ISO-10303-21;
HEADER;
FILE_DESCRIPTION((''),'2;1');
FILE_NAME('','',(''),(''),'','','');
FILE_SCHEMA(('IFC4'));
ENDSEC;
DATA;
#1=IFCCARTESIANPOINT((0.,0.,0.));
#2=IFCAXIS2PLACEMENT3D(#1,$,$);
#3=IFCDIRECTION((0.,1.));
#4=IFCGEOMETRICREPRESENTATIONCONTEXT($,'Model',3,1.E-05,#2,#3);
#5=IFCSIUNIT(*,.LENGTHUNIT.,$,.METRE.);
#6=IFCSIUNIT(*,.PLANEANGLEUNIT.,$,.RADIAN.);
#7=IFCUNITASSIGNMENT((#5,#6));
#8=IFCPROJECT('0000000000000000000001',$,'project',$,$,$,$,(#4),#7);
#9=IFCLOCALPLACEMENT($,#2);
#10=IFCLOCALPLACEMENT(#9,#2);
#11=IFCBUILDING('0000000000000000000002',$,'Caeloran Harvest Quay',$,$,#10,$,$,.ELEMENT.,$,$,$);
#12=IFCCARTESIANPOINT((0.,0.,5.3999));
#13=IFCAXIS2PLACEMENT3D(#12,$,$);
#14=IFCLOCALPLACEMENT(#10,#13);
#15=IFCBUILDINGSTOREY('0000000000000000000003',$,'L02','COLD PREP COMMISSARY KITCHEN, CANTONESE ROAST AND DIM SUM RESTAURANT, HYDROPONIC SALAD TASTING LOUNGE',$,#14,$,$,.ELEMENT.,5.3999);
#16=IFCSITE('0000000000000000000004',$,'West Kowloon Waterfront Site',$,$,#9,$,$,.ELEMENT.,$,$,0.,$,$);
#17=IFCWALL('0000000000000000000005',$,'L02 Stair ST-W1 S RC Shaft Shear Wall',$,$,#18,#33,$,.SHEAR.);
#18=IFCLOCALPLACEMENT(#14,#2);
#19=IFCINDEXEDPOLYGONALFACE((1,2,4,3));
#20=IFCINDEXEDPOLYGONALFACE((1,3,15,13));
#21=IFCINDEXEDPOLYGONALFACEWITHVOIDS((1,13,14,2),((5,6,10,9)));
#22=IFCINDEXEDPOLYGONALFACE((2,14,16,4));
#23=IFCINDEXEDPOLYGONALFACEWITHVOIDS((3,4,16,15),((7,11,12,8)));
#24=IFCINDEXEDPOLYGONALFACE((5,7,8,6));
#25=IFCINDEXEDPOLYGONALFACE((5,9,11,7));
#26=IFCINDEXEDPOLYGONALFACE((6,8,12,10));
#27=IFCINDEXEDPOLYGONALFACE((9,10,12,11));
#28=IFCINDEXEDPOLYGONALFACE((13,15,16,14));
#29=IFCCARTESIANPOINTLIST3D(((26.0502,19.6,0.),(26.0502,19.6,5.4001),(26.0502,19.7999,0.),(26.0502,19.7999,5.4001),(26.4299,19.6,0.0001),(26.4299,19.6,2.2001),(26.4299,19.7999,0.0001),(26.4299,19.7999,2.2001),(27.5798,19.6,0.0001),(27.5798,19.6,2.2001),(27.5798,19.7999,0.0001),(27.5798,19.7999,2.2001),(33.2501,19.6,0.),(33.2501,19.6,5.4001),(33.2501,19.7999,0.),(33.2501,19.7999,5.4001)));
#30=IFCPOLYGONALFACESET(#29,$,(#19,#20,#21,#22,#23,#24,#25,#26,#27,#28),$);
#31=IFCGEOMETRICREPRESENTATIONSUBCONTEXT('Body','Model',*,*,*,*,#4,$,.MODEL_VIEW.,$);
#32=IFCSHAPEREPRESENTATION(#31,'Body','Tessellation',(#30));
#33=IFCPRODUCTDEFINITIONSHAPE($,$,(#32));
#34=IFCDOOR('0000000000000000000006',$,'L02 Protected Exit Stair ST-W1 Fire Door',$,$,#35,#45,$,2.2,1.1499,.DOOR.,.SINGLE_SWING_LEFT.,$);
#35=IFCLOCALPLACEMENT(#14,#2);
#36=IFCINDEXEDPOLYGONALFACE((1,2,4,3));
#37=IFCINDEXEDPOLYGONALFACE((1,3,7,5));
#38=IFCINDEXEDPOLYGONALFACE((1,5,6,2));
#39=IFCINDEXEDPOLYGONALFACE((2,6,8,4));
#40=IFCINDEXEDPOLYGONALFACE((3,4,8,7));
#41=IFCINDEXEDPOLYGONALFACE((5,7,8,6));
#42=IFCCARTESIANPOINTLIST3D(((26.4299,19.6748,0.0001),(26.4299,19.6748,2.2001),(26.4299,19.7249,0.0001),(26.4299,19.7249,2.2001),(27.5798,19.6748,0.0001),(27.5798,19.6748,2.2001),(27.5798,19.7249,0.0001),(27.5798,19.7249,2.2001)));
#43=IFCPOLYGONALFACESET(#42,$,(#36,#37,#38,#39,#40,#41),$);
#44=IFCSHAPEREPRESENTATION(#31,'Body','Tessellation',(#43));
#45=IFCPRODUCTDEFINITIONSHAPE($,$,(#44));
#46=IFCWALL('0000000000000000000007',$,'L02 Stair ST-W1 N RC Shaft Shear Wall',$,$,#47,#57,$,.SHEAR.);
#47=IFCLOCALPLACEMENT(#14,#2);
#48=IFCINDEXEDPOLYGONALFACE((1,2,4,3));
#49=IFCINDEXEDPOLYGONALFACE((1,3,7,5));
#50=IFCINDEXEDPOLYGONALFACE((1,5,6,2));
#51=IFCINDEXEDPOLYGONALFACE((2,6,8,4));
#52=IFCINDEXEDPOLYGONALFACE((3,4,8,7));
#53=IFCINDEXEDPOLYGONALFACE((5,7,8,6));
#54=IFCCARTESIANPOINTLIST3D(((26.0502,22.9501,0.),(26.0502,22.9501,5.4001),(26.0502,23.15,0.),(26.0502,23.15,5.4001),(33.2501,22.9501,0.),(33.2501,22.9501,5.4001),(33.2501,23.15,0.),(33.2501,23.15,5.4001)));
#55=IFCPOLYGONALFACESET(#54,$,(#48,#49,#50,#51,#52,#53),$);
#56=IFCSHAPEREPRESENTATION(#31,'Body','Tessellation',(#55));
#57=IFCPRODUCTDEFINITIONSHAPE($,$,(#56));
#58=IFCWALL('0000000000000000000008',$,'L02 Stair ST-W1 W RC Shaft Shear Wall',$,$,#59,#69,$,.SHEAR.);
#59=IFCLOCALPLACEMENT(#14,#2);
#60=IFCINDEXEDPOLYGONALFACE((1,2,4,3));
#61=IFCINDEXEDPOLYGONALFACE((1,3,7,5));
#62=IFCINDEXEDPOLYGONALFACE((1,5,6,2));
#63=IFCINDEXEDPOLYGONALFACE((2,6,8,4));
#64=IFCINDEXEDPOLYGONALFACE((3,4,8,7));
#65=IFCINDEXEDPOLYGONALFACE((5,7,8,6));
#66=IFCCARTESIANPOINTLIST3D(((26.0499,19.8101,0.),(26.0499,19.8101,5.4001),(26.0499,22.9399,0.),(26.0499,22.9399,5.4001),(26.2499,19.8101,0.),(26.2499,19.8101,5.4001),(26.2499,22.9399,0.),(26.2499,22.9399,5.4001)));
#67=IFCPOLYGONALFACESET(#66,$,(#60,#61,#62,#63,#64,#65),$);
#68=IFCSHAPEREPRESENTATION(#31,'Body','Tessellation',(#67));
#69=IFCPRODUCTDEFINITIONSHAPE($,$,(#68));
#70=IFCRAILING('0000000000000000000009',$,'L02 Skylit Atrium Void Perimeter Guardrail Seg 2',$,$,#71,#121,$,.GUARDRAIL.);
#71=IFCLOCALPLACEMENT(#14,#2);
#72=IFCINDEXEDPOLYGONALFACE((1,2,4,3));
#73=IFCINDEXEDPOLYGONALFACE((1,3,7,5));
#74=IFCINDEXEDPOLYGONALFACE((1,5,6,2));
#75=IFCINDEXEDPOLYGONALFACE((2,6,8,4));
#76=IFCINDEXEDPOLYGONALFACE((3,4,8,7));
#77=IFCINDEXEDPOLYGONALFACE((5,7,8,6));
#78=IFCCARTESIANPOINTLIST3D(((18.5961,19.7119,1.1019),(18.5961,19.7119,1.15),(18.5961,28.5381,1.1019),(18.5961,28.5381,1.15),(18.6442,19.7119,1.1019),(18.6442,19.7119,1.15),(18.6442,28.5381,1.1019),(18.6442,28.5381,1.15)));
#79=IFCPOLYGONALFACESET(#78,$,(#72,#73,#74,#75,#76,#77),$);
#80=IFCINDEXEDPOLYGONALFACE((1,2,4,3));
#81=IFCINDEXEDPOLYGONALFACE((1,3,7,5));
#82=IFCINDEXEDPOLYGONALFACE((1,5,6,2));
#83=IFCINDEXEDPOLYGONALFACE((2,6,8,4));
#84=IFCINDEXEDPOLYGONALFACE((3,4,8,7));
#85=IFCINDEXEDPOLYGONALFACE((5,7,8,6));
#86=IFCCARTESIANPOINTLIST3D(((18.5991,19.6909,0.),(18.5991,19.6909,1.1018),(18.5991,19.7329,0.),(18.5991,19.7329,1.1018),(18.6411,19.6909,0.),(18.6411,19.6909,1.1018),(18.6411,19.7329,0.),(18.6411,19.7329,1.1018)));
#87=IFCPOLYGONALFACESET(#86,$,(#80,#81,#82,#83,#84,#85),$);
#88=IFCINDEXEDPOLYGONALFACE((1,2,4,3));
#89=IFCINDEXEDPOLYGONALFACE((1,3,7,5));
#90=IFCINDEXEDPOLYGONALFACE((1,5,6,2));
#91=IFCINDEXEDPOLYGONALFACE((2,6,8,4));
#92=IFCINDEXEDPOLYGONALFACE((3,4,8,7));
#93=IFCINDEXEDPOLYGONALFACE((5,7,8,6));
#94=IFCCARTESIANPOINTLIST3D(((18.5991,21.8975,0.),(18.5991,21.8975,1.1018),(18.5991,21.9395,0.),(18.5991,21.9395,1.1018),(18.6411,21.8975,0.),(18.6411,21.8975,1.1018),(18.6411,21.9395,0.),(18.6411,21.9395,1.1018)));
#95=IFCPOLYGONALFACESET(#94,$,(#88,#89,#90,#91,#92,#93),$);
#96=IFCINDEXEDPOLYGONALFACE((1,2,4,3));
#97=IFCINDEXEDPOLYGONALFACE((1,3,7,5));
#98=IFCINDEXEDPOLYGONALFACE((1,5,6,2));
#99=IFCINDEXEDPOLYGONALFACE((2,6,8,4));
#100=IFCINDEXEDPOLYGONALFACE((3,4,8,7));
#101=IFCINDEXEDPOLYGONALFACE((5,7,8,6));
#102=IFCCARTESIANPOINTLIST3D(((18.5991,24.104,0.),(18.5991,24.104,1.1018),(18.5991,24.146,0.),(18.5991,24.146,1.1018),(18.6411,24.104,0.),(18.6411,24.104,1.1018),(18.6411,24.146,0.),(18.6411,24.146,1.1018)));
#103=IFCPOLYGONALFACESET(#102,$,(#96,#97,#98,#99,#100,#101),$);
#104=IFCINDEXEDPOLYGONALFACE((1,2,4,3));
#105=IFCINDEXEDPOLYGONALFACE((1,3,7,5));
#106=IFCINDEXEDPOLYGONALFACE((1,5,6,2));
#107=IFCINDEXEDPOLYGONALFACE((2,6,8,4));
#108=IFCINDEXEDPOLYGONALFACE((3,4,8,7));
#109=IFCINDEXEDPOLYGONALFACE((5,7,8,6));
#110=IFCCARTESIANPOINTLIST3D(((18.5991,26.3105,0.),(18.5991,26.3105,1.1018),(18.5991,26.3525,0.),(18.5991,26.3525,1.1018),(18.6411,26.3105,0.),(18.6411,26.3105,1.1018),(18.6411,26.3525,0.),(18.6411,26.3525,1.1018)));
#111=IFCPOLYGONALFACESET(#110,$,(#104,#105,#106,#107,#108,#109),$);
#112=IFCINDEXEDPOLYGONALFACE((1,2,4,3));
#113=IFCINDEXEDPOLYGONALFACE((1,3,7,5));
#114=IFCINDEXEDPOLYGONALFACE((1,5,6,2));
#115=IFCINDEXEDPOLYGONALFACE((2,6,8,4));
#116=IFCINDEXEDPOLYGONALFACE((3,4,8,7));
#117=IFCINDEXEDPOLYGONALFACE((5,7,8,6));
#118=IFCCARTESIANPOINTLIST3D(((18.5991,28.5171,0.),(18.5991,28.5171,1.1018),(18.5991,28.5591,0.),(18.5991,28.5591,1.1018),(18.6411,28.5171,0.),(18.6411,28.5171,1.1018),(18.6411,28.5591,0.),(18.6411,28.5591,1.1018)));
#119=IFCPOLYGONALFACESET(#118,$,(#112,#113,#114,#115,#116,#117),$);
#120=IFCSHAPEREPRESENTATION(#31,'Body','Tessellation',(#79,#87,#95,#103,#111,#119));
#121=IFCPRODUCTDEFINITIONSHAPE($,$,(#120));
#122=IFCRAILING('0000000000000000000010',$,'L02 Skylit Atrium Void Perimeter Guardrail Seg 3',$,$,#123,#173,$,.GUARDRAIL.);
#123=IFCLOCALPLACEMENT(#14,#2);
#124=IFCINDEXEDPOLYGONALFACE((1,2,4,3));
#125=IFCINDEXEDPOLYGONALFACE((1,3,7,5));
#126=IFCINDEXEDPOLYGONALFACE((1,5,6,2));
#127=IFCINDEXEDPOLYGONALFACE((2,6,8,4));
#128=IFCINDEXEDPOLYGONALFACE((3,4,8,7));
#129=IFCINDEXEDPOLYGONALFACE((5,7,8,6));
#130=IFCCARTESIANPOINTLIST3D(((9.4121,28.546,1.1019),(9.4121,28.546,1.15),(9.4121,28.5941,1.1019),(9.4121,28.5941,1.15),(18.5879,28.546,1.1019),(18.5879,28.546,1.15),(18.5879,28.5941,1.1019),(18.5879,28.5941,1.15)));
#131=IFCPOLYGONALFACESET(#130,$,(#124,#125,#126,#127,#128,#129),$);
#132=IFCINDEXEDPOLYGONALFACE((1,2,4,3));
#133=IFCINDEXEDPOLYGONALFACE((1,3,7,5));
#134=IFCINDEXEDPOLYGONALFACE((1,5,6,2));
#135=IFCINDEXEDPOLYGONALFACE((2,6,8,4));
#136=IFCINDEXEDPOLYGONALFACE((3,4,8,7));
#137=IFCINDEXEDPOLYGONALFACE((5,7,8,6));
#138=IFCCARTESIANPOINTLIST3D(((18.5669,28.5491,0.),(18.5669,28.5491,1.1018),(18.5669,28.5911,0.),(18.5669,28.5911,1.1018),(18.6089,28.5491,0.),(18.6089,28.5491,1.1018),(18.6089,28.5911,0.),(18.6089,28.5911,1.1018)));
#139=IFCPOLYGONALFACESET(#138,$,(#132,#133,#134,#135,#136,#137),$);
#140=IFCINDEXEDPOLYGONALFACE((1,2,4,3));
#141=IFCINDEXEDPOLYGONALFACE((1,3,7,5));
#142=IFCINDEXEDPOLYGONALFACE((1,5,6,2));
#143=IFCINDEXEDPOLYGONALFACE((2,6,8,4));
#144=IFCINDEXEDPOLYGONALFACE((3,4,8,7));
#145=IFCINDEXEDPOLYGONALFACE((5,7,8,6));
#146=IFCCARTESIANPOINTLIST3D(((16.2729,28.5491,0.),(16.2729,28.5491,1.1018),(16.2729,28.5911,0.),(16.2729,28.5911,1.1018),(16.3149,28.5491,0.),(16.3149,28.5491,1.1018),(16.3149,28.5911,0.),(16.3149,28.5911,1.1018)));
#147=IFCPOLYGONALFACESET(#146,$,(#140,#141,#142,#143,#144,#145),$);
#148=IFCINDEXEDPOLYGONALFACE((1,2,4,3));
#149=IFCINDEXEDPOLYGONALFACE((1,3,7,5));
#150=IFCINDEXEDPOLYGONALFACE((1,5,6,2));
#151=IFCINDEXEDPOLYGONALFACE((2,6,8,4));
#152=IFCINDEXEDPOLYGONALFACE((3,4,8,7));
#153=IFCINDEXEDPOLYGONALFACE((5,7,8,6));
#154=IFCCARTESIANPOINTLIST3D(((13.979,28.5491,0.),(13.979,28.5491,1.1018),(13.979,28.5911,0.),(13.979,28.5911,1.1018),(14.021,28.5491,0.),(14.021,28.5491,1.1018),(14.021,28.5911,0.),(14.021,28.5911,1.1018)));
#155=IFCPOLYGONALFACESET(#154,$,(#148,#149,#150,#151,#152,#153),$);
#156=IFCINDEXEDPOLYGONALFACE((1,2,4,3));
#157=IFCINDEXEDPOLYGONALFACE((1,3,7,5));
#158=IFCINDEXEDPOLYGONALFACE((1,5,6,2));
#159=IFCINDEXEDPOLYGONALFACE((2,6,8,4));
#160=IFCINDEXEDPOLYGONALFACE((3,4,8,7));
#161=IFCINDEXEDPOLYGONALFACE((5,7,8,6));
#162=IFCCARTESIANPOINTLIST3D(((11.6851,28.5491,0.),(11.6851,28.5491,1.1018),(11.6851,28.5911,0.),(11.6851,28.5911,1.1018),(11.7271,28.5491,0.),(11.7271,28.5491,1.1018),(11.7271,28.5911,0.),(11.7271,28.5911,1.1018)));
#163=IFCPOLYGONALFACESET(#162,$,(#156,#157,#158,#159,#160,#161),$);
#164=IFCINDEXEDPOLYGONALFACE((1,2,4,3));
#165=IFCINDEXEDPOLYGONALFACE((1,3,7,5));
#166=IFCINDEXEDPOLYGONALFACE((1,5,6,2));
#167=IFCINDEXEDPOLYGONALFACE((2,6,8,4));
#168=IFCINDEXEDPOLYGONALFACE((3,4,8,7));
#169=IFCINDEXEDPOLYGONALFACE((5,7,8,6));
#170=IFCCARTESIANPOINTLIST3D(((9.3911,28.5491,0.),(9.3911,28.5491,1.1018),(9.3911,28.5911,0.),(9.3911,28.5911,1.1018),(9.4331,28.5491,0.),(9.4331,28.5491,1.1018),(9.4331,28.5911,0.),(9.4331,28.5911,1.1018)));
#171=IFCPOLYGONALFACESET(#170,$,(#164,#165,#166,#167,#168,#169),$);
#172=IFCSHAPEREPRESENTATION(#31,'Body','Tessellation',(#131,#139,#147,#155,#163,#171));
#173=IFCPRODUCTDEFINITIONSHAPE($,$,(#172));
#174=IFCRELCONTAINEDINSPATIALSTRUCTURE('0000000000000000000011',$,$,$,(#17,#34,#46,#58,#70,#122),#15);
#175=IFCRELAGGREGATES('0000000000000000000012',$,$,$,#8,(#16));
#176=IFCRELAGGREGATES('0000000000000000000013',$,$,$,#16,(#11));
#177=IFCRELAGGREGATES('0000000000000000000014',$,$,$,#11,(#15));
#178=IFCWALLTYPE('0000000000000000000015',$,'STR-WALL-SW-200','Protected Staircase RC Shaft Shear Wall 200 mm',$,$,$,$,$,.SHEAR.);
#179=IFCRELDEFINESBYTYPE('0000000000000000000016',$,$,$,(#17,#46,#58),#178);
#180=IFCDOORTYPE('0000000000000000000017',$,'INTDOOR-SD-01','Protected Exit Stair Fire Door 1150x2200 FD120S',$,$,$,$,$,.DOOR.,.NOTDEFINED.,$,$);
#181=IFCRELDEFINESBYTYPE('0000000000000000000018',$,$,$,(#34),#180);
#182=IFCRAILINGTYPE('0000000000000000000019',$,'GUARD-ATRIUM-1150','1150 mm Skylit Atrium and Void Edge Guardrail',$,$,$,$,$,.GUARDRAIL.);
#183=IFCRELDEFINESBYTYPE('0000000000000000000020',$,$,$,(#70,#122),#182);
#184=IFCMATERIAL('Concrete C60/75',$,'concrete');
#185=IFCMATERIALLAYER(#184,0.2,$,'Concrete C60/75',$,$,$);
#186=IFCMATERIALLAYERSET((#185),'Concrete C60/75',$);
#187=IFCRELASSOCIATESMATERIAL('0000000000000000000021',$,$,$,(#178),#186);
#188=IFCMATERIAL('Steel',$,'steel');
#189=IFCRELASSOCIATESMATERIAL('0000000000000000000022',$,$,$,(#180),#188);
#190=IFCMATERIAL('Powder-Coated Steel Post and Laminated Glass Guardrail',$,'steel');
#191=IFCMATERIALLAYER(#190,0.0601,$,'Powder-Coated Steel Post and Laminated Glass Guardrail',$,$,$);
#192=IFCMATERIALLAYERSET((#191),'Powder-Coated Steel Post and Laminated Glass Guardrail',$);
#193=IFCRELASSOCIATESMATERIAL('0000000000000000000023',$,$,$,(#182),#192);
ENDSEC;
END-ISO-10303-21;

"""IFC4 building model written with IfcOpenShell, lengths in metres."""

from ifc_helpers import new_model, si_unit, direction, frame, frame_2d, origin, origin_2d, place, context, subcontext, project, spatial, rectangle, extrude, material, layer, layer_set, type_object, element, fill, save


model = new_model("IFC4")

# Units and contexts
model_context = context("Model", 3, precision=1e-05, world=origin(), true_north=direction((0.0, 1.0)))
body_context = subcontext(model_context, "Body", "Model", "MODEL_VIEW")
ifc_project = project(units=[si_unit("LENGTHUNIT", "METRE"), si_unit("PLANEANGLEUNIT", "RADIAN")], contexts=[model_context])

# Site, building, storey
site_placement = place(None, origin())
site = spatial("IfcSite", under=ifc_project, at=site_placement, Name="West Kowloon Waterfront Site", CompositionType="ELEMENT", RefElevation=0.0)
building_placement = place(site_placement, origin())
building = spatial("IfcBuilding", under=site, at=building_placement, Name="Caeloran Harvest Quay", CompositionType="ELEMENT")
storey_placement = place(building_placement, frame((0.0, 0.0, 5.3999)))
storey = spatial("IfcBuildingStorey", under=building, at=storey_placement, Name="L02", Description="COLD PREP COMMISSARY KITCHEN, CANTONESE ROAST AND DIM SUM RESTAURANT, HYDROPONIC SALAD TASTING LOUNGE", CompositionType="ELEMENT", Elevation=5.3999)

# Wall, opening, door
ifc_material_1 = material(Name="Concrete C60/75", Category="concrete")
ifc_layer_1 = layer(ifc_material_1, 0.2, Name="Concrete C60/75")
ifc_layer_set_1 = layer_set([ifc_layer_1], Name="Concrete C60/75")
wall_type_1 = type_object("IfcWallType", Name="STR-WALL-SW-200", Description="Protected Staircase RC Shaft Shear Wall 200 mm", PredefinedType="SHEAR", material=ifc_layer_set_1)
wall_1_placement = place(storey_placement, frame((26.05, 19.7, 0.0), z_axis=(0.0, 0.0, 1.0), x_axis=(1.0, 0.0, 0.0)))
wall_1 = element("IfcWall", 1, at=wall_1_placement, inside=storey, type_object=wall_type_1, Name="L02 Stair ST-W1 S RC Shaft Shear Wall", PredefinedType="SHEAR", context=body_context, shape_type="SweptSolid", body=[
    extrude(rectangle(XDim=7.2, YDim=0.2, at=frame_2d((3.6001, 0.0))), origin(), (0.0, 0.0, 1.0), 5.4001),
])
opening_1_placement = place(wall_1_placement, frame((0.3799, 0.0, 0.0)))
opening_1 = element("IfcOpeningElement", 2, at=opening_1_placement, cuts=wall_1, PredefinedType="OPENING", context=body_context, shape_type="SweptSolid", body=[
    extrude(rectangle(XDim=1.1499, YDim=2.2, at=frame_2d((0.575, 1.1001))), frame((0.0, 0.1099, 0.0), z_axis=(0.0, -1.0, 0.0), x_axis=(1.0, 0.0, 0.0)), (0.0, 0.0, 1.0), 0.22),
])
ifc_material_2 = material(Name="Steel", Category="steel")
door_type_1 = type_object("IfcDoorType", Name="INTDOOR-SD-01", Description="Protected Exit Stair Fire Door 1150x2200 FD120S", OperationType="NOTDEFINED", PredefinedType="DOOR", material=ifc_material_2)
door_1_placement = place(opening_1_placement, origin())
door_1 = element("IfcDoor", 3, at=door_1_placement, inside=storey, type_object=door_type_1, Name="L02 Protected Exit Stair ST-W1 Fire Door", OperationType="SINGLE_SWING_LEFT", OverallHeight=2.2, OverallWidth=1.1499, PredefinedType="DOOR", context=body_context, shape_type="SweptSolid", body=[
    extrude(rectangle(XDim=1.1499, YDim=2.2, at=frame_2d((0.575, 1.1001))), frame((0.0, 0.0249, 0.0), z_axis=(0.0, -1.0, 0.0), x_axis=(1.0, 0.0, 0.0)), (0.0, 0.0, 1.0), 0.05),
])
fill(opening_1, door_1)

# Walls
wall_2_placement = place(storey_placement, frame((26.05, 23.05, 0.0), z_axis=(0.0, 0.0, 1.0), x_axis=(1.0, 0.0, 0.0)))
element("IfcWall", 4, at=wall_2_placement, inside=storey, type_object=wall_type_1, Name="L02 Stair ST-W1 N RC Shaft Shear Wall", PredefinedType="SHEAR", context=body_context, shape_type="SweptSolid", body=[
    extrude(rectangle(XDim=7.2, YDim=0.2, at=frame_2d((3.6001, 0.0))), origin(), (0.0, 0.0, 1.0), 5.4001),
])
wall_3_placement = place(storey_placement, frame((26.1499, 19.8101, 0.0), z_axis=(0.0, 0.0, 1.0), x_axis=(0.0, 1.0, 0.0)))
element("IfcWall", 5, at=wall_3_placement, inside=storey, type_object=wall_type_1, Name="L02 Stair ST-W1 W RC Shaft Shear Wall", PredefinedType="SHEAR", context=body_context, shape_type="SweptSolid", body=[
    extrude(rectangle(XDim=3.1299, YDim=0.2, at=frame_2d((1.5649, 0.0))), origin(), (0.0, 0.0, 1.0), 5.4001),
])

# Railings
ifc_material_3 = material(Name="Powder-Coated Steel Post and Laminated Glass Guardrail", Category="steel")
ifc_layer_2 = layer(ifc_material_3, 0.0601, Name="Powder-Coated Steel Post and Laminated Glass Guardrail")
ifc_layer_set_2 = layer_set([ifc_layer_2], Name="Powder-Coated Steel Post and Laminated Glass Guardrail")
railing_type = type_object("IfcRailingType", Name="GUARD-ATRIUM-1150", Description="1150 mm Skylit Atrium and Void Edge Guardrail", PredefinedType="GUARDRAIL", material=ifc_layer_set_2)
railing_1_placement = place(storey_placement, frame((18.6201, 19.7119, 0.0)))
element("IfcRailing", 6, at=railing_1_placement, inside=storey, type_object=railing_type, Name="L02 Skylit Atrium Void Perimeter Guardrail Seg 2", PredefinedType="GUARDRAIL", context=body_context, shape_type="SweptSolid", body=[
    extrude(rectangle(XDim=0.0481, YDim=0.0481, at=origin_2d()), frame((0.0, 0.0, 1.126), z_axis=(0.0, 1.0, 0.0), x_axis=(-1.0, 0.0, 0.0)), (0.0, 0.0, 1.0), 8.8262),
    extrude(rectangle(XDim=0.042, YDim=0.042, at=origin_2d()), origin(), (0.0, 0.0, 1.0), 1.1018),
    extrude(rectangle(XDim=0.042, YDim=0.042, at=origin_2d()), frame((0.0, 2.2065, 0.0)), (0.0, 0.0, 1.0), 1.1018),
    extrude(rectangle(XDim=0.042, YDim=0.042, at=origin_2d()), frame((0.0, 4.4131, 0.0)), (0.0, 0.0, 1.0), 1.1018),
    extrude(rectangle(XDim=0.042, YDim=0.042, at=origin_2d()), frame((0.0, 6.6196, 0.0)), (0.0, 0.0, 1.0), 1.1018),
    extrude(rectangle(XDim=0.042, YDim=0.042, at=origin_2d()), frame((0.0, 8.8262, 0.0)), (0.0, 0.0, 1.0), 1.1018),
])
railing_2_placement = place(storey_placement, frame((18.5879, 28.5701, 0.0)))
element("IfcRailing", 7, at=railing_2_placement, inside=storey, type_object=railing_type, Name="L02 Skylit Atrium Void Perimeter Guardrail Seg 3", PredefinedType="GUARDRAIL", context=body_context, shape_type="SweptSolid", body=[
    extrude(rectangle(XDim=0.0481, YDim=0.0481, at=origin_2d()), frame((0.0, 0.0, 1.126), z_axis=(-1.0, 0.0, 0.0), x_axis=(0.0, -1.0, 0.0)), (0.0, 0.0, 1.0), 9.1758),
    extrude(rectangle(XDim=0.042, YDim=0.042, at=origin_2d()), origin(), (0.0, 0.0, 1.0), 1.1018),
    extrude(rectangle(XDim=0.042, YDim=0.042, at=origin_2d()), frame((-2.2939, 0.0, 0.0)), (0.0, 0.0, 1.0), 1.1018),
    extrude(rectangle(XDim=0.042, YDim=0.042, at=origin_2d()), frame((-4.5879, 0.0, 0.0)), (0.0, 0.0, 1.0), 1.1018),
    extrude(rectangle(XDim=0.042, YDim=0.042, at=origin_2d()), frame((-6.8818, 0.0, 0.0)), (0.0, 0.0, 1.0), 1.1018),
    extrude(rectangle(XDim=0.042, YDim=0.042, at=origin_2d()), frame((-9.1758, 0.0, 0.0)), (0.0, 0.0, 1.0), 1.1018),
])

save(model, "model.ifc")
